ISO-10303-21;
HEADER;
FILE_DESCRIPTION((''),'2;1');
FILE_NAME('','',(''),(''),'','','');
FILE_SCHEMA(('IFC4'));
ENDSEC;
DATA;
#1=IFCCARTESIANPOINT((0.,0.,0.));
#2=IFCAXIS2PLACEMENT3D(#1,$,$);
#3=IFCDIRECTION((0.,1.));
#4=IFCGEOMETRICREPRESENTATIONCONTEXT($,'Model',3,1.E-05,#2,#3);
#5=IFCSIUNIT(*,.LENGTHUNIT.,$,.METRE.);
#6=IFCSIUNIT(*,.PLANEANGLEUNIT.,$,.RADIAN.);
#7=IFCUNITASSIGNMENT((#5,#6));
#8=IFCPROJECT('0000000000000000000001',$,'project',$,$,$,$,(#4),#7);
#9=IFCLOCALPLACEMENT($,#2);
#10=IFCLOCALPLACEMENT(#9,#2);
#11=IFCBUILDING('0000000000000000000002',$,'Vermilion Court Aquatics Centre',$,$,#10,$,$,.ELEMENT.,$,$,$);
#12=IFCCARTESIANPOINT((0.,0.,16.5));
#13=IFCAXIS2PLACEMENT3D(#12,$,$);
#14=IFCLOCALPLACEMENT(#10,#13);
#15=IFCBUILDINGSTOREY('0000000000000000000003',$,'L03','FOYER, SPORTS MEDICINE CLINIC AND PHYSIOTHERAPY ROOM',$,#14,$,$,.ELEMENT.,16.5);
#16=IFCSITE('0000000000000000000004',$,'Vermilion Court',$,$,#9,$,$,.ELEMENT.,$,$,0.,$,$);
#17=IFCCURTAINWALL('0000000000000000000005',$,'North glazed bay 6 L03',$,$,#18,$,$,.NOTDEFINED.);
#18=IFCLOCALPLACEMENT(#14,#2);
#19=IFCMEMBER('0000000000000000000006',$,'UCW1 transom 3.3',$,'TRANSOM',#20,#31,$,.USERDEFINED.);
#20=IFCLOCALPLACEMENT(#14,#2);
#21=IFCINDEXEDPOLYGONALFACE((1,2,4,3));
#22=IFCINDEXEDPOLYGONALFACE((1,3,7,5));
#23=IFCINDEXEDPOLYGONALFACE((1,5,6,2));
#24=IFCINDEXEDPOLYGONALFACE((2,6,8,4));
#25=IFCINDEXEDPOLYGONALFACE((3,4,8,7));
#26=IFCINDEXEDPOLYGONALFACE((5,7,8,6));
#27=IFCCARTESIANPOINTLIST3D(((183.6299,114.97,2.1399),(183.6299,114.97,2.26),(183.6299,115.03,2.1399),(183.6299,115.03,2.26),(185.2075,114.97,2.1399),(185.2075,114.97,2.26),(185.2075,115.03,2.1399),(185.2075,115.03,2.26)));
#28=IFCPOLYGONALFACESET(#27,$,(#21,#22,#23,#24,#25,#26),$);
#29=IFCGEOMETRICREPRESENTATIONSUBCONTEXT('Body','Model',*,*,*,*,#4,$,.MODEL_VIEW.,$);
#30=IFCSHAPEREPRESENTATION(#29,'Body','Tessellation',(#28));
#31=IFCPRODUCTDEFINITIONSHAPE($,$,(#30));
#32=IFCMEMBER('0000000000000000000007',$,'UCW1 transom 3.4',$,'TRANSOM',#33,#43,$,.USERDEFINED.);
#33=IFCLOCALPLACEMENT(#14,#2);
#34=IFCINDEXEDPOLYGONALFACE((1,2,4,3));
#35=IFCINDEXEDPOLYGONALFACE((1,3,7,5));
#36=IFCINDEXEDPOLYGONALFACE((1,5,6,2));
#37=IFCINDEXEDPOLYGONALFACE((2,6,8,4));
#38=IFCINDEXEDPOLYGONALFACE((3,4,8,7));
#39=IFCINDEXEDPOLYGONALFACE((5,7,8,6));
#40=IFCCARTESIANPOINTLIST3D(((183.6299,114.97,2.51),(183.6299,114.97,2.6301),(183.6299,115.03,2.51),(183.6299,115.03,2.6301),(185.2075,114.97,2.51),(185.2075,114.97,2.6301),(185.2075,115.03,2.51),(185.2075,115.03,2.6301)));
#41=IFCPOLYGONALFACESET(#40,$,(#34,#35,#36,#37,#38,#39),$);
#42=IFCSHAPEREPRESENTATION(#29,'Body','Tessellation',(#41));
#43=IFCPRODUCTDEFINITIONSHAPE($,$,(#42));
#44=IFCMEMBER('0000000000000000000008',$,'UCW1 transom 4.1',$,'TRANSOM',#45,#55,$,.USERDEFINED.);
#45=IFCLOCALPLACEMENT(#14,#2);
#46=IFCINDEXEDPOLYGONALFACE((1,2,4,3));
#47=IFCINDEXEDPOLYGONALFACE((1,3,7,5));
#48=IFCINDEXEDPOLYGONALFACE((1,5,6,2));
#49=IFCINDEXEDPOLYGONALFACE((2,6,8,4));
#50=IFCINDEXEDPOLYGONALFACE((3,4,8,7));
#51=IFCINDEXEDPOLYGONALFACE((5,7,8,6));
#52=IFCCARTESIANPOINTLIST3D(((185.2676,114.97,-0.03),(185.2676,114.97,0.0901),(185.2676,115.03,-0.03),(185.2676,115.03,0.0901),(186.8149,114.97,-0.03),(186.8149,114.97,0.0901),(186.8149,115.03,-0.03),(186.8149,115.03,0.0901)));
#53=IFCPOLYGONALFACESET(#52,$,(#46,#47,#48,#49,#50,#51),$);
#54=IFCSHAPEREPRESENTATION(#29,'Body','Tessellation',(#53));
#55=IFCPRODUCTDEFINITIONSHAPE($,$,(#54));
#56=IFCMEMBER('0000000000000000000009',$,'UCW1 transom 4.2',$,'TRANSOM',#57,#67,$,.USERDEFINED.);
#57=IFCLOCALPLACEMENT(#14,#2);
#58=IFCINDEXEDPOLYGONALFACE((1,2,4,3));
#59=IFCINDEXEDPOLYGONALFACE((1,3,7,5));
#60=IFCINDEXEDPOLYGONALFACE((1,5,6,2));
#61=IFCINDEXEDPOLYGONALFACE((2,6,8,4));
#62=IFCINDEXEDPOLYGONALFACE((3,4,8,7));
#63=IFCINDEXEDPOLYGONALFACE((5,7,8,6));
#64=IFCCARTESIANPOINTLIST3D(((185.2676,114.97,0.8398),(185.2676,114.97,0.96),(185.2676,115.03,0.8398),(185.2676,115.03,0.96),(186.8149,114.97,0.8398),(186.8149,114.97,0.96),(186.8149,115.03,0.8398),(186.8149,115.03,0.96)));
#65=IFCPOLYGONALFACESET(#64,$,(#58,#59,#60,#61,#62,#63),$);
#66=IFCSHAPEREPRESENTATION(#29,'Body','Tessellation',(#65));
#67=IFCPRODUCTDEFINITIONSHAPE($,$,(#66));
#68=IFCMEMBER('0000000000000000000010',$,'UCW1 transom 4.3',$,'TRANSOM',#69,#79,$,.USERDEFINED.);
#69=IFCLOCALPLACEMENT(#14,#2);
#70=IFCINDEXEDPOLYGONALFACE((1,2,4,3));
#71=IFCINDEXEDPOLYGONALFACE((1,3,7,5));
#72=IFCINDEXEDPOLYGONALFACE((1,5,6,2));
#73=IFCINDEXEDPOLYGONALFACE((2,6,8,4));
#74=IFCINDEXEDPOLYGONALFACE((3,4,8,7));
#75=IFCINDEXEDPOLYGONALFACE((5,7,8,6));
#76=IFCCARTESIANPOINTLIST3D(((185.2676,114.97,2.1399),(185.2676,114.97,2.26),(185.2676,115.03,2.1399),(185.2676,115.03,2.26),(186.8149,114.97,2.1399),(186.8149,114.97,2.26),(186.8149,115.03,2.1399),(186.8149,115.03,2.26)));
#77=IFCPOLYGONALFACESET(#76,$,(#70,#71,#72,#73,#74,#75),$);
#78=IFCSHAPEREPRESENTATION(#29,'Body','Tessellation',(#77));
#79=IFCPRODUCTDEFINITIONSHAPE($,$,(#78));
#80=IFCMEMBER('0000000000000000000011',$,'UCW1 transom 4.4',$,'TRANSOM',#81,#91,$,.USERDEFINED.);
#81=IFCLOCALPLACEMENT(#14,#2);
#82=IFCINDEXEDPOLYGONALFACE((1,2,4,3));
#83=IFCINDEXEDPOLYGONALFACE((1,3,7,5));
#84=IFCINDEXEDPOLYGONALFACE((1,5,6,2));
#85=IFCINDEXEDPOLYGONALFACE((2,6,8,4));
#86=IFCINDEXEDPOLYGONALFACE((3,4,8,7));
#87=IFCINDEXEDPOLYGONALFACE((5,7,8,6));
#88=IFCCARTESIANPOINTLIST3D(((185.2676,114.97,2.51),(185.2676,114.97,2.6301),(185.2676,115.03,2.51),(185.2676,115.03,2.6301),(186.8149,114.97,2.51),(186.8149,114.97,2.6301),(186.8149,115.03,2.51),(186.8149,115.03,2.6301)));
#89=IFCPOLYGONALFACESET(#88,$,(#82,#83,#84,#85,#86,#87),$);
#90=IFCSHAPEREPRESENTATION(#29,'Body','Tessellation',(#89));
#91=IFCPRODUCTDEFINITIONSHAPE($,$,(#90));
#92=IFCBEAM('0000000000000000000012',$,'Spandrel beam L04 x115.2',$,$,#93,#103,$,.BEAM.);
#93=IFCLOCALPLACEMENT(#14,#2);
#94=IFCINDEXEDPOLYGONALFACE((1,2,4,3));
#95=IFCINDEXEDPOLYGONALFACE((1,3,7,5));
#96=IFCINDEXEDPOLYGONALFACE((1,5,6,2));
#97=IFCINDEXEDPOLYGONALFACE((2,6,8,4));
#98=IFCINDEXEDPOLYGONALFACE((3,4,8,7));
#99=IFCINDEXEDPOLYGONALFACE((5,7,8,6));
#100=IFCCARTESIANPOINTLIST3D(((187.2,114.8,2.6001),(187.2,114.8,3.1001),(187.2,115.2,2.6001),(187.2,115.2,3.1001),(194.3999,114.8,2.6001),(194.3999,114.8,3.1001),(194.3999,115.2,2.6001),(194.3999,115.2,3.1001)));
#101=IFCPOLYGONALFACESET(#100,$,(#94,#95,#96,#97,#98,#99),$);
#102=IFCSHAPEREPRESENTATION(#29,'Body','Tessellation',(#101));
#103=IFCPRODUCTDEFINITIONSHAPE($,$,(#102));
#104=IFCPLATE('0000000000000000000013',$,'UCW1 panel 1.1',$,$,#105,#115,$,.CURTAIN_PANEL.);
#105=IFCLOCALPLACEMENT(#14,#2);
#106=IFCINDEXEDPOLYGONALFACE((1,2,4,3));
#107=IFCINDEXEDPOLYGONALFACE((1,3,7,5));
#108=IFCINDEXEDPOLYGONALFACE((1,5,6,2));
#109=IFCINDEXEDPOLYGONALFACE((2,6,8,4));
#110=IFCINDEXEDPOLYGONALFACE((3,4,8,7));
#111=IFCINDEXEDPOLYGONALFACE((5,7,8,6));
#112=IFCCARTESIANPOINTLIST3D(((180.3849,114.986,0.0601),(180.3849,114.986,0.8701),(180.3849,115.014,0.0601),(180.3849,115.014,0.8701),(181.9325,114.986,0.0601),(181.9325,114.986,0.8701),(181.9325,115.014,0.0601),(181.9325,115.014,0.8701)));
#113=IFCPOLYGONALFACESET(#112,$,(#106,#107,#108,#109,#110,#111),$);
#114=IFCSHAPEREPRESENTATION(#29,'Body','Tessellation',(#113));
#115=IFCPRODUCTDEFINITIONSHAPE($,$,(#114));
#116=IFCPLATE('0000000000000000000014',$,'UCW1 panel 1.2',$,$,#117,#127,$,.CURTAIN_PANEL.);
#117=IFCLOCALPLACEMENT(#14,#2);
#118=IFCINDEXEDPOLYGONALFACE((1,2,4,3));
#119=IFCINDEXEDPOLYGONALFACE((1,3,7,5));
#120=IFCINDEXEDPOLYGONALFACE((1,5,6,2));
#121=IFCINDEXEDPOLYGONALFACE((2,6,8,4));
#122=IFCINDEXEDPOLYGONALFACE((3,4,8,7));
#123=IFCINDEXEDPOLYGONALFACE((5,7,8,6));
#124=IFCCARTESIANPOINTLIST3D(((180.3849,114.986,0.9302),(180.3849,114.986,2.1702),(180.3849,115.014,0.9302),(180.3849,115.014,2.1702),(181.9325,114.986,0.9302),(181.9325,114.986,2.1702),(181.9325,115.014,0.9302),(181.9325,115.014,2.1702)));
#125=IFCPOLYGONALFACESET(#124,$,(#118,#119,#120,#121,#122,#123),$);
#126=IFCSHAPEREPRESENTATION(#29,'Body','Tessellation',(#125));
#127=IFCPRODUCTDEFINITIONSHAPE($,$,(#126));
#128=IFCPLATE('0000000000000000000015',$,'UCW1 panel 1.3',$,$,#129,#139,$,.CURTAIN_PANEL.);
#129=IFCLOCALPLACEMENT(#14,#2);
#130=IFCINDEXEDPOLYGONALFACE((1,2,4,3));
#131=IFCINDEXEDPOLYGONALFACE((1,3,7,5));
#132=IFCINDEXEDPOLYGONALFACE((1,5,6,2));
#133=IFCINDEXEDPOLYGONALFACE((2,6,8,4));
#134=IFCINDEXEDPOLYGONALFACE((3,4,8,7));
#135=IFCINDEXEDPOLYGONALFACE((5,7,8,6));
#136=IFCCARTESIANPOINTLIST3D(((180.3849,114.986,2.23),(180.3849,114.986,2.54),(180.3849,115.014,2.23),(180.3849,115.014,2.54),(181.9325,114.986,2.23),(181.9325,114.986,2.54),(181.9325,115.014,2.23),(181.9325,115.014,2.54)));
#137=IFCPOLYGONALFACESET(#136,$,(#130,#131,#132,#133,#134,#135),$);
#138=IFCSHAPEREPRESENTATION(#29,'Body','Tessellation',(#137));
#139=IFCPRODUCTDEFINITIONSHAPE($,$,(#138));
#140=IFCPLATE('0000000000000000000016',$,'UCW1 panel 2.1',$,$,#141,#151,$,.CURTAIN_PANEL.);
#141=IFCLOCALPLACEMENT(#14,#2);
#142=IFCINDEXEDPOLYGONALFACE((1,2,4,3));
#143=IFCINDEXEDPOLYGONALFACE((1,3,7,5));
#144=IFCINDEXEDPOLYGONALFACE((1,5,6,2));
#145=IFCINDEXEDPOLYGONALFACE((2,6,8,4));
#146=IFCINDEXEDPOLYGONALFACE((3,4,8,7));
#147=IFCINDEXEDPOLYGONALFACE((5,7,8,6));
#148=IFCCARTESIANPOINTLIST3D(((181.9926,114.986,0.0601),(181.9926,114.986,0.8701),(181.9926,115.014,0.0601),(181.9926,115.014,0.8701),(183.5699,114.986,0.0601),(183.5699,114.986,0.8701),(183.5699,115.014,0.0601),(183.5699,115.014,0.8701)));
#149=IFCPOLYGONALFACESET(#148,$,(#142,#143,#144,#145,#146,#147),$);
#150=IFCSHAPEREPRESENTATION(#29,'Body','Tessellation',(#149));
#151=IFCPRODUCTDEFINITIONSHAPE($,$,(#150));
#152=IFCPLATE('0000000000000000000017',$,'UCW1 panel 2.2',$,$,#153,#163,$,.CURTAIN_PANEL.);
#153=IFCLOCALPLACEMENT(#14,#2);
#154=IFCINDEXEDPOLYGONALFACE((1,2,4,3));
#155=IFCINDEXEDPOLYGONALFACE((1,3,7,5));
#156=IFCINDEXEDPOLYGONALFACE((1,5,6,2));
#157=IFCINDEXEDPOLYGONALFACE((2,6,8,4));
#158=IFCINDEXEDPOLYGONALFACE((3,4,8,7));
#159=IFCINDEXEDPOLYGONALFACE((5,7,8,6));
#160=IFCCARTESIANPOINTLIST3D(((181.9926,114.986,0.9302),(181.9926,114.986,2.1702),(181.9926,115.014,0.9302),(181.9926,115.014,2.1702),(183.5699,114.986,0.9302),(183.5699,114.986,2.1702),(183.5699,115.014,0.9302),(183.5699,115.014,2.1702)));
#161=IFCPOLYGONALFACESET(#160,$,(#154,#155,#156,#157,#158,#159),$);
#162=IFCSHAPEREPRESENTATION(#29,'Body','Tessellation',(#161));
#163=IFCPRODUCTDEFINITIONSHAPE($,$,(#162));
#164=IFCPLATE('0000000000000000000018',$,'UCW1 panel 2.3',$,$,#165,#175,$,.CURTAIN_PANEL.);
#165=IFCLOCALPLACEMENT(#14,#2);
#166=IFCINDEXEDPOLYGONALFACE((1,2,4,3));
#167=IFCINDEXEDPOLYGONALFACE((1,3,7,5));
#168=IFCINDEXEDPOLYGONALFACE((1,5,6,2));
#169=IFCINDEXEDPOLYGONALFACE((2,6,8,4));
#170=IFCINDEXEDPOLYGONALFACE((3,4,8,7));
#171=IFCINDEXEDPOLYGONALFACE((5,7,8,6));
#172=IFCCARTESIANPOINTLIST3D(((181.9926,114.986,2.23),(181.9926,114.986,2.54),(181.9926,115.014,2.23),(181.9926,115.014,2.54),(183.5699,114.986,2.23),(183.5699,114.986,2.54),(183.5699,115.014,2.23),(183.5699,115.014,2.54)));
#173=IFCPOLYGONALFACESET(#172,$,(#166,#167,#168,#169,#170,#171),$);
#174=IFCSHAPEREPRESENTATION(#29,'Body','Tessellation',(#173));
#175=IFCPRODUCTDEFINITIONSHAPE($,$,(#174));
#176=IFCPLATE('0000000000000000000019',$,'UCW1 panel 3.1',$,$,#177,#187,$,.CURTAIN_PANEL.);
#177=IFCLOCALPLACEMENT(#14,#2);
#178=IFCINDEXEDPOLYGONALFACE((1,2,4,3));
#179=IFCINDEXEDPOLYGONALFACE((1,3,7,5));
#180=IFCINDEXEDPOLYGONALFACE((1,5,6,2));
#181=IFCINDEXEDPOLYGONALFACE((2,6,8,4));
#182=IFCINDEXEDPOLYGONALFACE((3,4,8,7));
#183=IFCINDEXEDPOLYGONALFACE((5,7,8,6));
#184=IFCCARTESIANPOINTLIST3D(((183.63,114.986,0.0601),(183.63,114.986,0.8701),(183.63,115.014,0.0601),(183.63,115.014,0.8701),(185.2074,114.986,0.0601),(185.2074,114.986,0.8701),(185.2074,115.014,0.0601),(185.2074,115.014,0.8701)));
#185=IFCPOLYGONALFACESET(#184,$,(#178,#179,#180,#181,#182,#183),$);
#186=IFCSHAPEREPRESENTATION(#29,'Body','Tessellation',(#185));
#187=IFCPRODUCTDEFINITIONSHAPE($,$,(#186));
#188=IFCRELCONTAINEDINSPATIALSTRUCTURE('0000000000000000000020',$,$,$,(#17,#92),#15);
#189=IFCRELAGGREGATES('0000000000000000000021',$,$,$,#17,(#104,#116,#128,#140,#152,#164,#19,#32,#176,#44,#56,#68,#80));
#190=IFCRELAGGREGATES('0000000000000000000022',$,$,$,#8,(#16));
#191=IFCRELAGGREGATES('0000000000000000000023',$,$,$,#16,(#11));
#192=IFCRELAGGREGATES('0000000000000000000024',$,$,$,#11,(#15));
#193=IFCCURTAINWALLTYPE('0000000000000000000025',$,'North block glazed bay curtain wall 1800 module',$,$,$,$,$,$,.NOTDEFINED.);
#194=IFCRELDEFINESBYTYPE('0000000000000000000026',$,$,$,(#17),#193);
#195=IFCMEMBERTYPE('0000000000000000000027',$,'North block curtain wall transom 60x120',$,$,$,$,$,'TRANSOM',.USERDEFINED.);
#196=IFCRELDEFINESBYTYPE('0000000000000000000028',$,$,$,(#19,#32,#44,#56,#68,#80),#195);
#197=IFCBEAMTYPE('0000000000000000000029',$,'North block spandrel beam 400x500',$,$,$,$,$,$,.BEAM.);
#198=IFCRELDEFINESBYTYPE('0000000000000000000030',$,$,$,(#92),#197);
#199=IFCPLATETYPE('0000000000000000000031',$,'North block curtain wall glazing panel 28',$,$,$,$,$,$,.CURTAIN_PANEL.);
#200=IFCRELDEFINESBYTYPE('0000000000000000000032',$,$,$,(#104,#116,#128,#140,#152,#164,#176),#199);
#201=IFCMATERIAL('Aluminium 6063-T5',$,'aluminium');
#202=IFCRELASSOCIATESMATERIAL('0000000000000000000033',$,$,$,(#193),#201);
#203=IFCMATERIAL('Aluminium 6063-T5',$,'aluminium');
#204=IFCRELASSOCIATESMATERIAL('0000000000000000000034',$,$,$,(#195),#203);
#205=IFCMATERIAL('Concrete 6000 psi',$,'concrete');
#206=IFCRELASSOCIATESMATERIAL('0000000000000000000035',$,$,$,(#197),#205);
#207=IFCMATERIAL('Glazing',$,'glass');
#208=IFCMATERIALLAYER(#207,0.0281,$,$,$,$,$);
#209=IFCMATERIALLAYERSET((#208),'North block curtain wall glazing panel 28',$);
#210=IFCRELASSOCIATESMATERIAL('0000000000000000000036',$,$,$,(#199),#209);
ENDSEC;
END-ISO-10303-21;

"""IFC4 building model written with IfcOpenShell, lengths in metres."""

from ifc_helpers import new_model, si_unit, direction, frame, origin, origin_2d, place, context, subcontext, project, spatial, rectangle, extrude, material, layer, layer_set, material_profile, profile_set, type_object, element, aggregate, save


model = new_model("IFC4")

# Units and contexts
model_context = context("Model", 3, precision=1e-05, world=origin(), true_north=direction((0.0, 1.0)))
body_context = subcontext(model_context, "Body", "Model", "MODEL_VIEW")
ifc_project = project(units=[si_unit("LENGTHUNIT", "METRE"), si_unit("PLANEANGLEUNIT", "RADIAN")], contexts=[model_context])

# Site, building, storey
site_placement = place(None, origin())
site = spatial("IfcSite", under=ifc_project, at=site_placement, Name="Vermilion Court", CompositionType="ELEMENT", RefElevation=0.0)
building_placement = place(site_placement, origin())
building = spatial("IfcBuilding", under=site, at=building_placement, Name="Vermilion Court Aquatics Centre", CompositionType="ELEMENT")
storey_placement = place(building_placement, frame((0.0, 0.0, 16.5)))
storey = spatial("IfcBuildingStorey", under=building, at=storey_placement, Name="L03", Description="FOYER, SPORTS MEDICINE CLINIC AND PHYSIOTHERAPY ROOM", CompositionType="ELEMENT", Elevation=16.5)

# Curtain wall, members
ifc_material_1 = material(Name="Aluminium 6063-T5", Category="aluminium")
curtain_wall_type = type_object("IfcCurtainWallType", Name="North block glazed bay curtain wall 1800 module", PredefinedType="NOTDEFINED", material=ifc_material_1)
curtain_wall_placement = place(storey_placement, origin())
curtain_wall = element("IfcCurtainWall", 1, at=curtain_wall_placement, inside=storey, type_object=curtain_wall_type, Name="North glazed bay 6 L03", PredefinedType="NOTDEFINED")
ifc_material_2 = material(Name="Aluminium 6063-T5", Category="aluminium")
ifc_material_profile_1 = material_profile(ifc_material_2, rectangle(XDim=0.0601, YDim=0.1201, at=origin_2d()), Name="AL 60x120")
ifc_profile_set_1 = profile_set([ifc_material_profile_1], Name="Aluminium 6063-T5")
member_type_1 = type_object("IfcMemberType", Name="North block curtain wall transom 60x120", ElementType="TRANSOM", PredefinedType="USERDEFINED", material=ifc_profile_set_1)
member_1_placement = place(storey_placement, frame((183.6299, 115.0, 2.2), z_axis=(1.0, 0.0, 0.0), x_axis=(0.0, 1.0, 0.0)))
member_1 = element("IfcMember", 2, at=member_1_placement, type_object=member_type_1, Name="UCW1 transom 3.3", ObjectType="TRANSOM", PredefinedType="USERDEFINED", context=body_context, shape_type="SweptSolid", body=[
    extrude(rectangle(XDim=0.0601, YDim=0.1201, at=origin_2d()), origin(), (0.0, 0.0, 1.0), 1.5776),
])
member_2_placement = place(storey_placement, frame((183.6299, 115.0, 2.5701), z_axis=(1.0, 0.0, 0.0), x_axis=(0.0, 1.0, 0.0)))
member_2 = element("IfcMember", 3, at=member_2_placement, type_object=member_type_1, Name="UCW1 transom 3.4", ObjectType="TRANSOM", PredefinedType="USERDEFINED", context=body_context, shape_type="SweptSolid", body=[
    extrude(rectangle(XDim=0.0601, YDim=0.1201, at=origin_2d()), origin(), (0.0, 0.0, 1.0), 1.5776),
])
member_3_placement = place(storey_placement, frame((185.2676, 115.0, 0.03), z_axis=(1.0, 0.0, 0.0), x_axis=(0.0, 1.0, 0.0)))
member_3 = element("IfcMember", 4, at=member_3_placement, type_object=member_type_1, Name="UCW1 transom 4.1", ObjectType="TRANSOM", PredefinedType="USERDEFINED", context=body_context, shape_type="SweptSolid", body=[
    extrude(rectangle(XDim=0.0601, YDim=0.1201, at=origin_2d()), origin(), (0.0, 0.0, 1.0), 1.5474),
])
member_4_placement = place(storey_placement, frame((185.2676, 115.0, 0.8999), z_axis=(1.0, 0.0, 0.0), x_axis=(0.0, 1.0, 0.0)))
member_4 = element("IfcMember", 5, at=member_4_placement, type_object=member_type_1, Name="UCW1 transom 4.2", ObjectType="TRANSOM", PredefinedType="USERDEFINED", context=body_context, shape_type="SweptSolid", body=[
    extrude(rectangle(XDim=0.0601, YDim=0.1201, at=origin_2d()), origin(), (0.0, 0.0, 1.0), 1.5474),
])
member_5_placement = place(storey_placement, frame((185.2676, 115.0, 2.2), z_axis=(1.0, 0.0, 0.0), x_axis=(0.0, 1.0, 0.0)))
member_5 = element("IfcMember", 6, at=member_5_placement, type_object=member_type_1, Name="UCW1 transom 4.3", ObjectType="TRANSOM", PredefinedType="USERDEFINED", context=body_context, shape_type="SweptSolid", body=[
    extrude(rectangle(XDim=0.0601, YDim=0.1201, at=origin_2d()), origin(), (0.0, 0.0, 1.0), 1.5474),
])
member_6_placement = place(storey_placement, frame((185.2676, 115.0, 2.5701), z_axis=(1.0, 0.0, 0.0), x_axis=(0.0, 1.0, 0.0)))
member_6 = element("IfcMember", 7, at=member_6_placement, type_object=member_type_1, Name="UCW1 transom 4.4", ObjectType="TRANSOM", PredefinedType="USERDEFINED", context=body_context, shape_type="SweptSolid", body=[
    extrude(rectangle(XDim=0.0601, YDim=0.1201, at=origin_2d()), origin(), (0.0, 0.0, 1.0), 1.5474),
])

# Beam
ifc_material_3 = material(Name="Concrete 6000 psi", Category="concrete")
ifc_material_profile_2 = material_profile(ifc_material_3, rectangle(XDim=0.3999, YDim=0.5, at=origin_2d()), Name="RC 400x500")
ifc_profile_set_2 = profile_set([ifc_material_profile_2], Name="Concrete 6000 psi")
beam_type = type_object("IfcBeamType", Name="North block spandrel beam 400x500", PredefinedType="BEAM", material=ifc_profile_set_2)
beam_placement = place(storey_placement, frame((187.2, 115.0, 2.8501), z_axis=(1.0, 0.0, 0.0), x_axis=(0.0, 1.0, 0.0)))
element("IfcBeam", 8, at=beam_placement, inside=storey, type_object=beam_type, Name="Spandrel beam L04 x115.2", PredefinedType="BEAM", context=body_context, shape_type="SweptSolid", body=[
    extrude(rectangle(XDim=0.3999, YDim=0.5, at=origin_2d()), origin(), (0.0, 0.0, 1.0), 7.2),
])

# Plates
ifc_material_4 = material(Name="Glazing", Category="glass")
ifc_layer = layer(ifc_material_4, 0.0281)
ifc_layer_set = layer_set([ifc_layer], Name="North block curtain wall glazing panel 28")
plate_type = type_object("IfcPlateType", Name="North block curtain wall glazing panel 28", PredefinedType="CURTAIN_PANEL", material=ifc_layer_set)
plate_1_placement = place(storey_placement, frame((181.1587, 115.0, 0.0601), z_axis=(0.0, 0.0, 1.0), x_axis=(1.0, 0.0, 0.0)))
plate_1 = element("IfcPlate", 9, at=plate_1_placement, type_object=plate_type, Name="UCW1 panel 1.1", PredefinedType="CURTAIN_PANEL", context=body_context, shape_type="SweptSolid", body=[
    extrude(rectangle(XDim=1.5476, YDim=0.0281, at=origin_2d()), origin(), (0.0, 0.0, 1.0), 0.8101),
])
plate_2_placement = place(storey_placement, frame((181.1587, 115.0, 0.9302), z_axis=(0.0, 0.0, 1.0), x_axis=(1.0, 0.0, 0.0)))
plate_2 = element("IfcPlate", 10, at=plate_2_placement, type_object=plate_type, Name="UCW1 panel 1.2", PredefinedType="CURTAIN_PANEL", context=body_context, shape_type="SweptSolid", body=[
    extrude(rectangle(XDim=1.5476, YDim=0.0281, at=origin_2d()), origin(), (0.0, 0.0, 1.0), 1.24),
])
plate_3_placement = place(storey_placement, frame((181.1587, 115.0, 2.23), z_axis=(0.0, 0.0, 1.0), x_axis=(1.0, 0.0, 0.0)))
plate_3 = element("IfcPlate", 11, at=plate_3_placement, type_object=plate_type, Name="UCW1 panel 1.3", PredefinedType="CURTAIN_PANEL", context=body_context, shape_type="SweptSolid", body=[
    extrude(rectangle(XDim=1.5476, YDim=0.0281, at=origin_2d()), origin(), (0.0, 0.0, 1.0), 0.3101),
])
plate_4_placement = place(storey_placement, frame((182.7812, 115.0, 0.0601), z_axis=(0.0, 0.0, 1.0), x_axis=(1.0, 0.0, 0.0)))
plate_4 = element("IfcPlate", 12, at=plate_4_placement, type_object=plate_type, Name="UCW1 panel 2.1", PredefinedType="CURTAIN_PANEL", context=body_context, shape_type="SweptSolid", body=[
    extrude(rectangle(XDim=1.5774, YDim=0.0281, at=origin_2d()), origin(), (0.0, 0.0, 1.0), 0.8101),
])
plate_5_placement = place(storey_placement, frame((182.7812, 115.0, 0.9302), z_axis=(0.0, 0.0, 1.0), x_axis=(1.0, 0.0, 0.0)))
plate_5 = element("IfcPlate", 13, at=plate_5_placement, type_object=plate_type, Name="UCW1 panel 2.2", PredefinedType="CURTAIN_PANEL", context=body_context, shape_type="SweptSolid", body=[
    extrude(rectangle(XDim=1.5774, YDim=0.0281, at=origin_2d()), origin(), (0.0, 0.0, 1.0), 1.24),
])
plate_6_placement = place(storey_placement, frame((182.7812, 115.0, 2.23), z_axis=(0.0, 0.0, 1.0), x_axis=(1.0, 0.0, 0.0)))
plate_6 = element("IfcPlate", 14, at=plate_6_placement, type_object=plate_type, Name="UCW1 panel 2.3", PredefinedType="CURTAIN_PANEL", context=body_context, shape_type="SweptSolid", body=[
    extrude(rectangle(XDim=1.5774, YDim=0.0281, at=origin_2d()), origin(), (0.0, 0.0, 1.0), 0.3101),
])
plate_7_placement = place(storey_placement, frame((184.4187, 115.0, 0.0601), z_axis=(0.0, 0.0, 1.0), x_axis=(1.0, 0.0, 0.0)))
plate_7 = element("IfcPlate", 15, at=plate_7_placement, type_object=plate_type, Name="UCW1 panel 3.1", PredefinedType="CURTAIN_PANEL", context=body_context, shape_type="SweptSolid", body=[
    extrude(rectangle(XDim=1.5774, YDim=0.0281, at=origin_2d()), origin(), (0.0, 0.0, 1.0), 0.8101),
])
aggregate(curtain_wall, [plate_1, plate_2, plate_3, plate_4, plate_5, plate_6, member_1, member_2, plate_7, member_3, member_4, member_5, member_6])

save(model, "model.ifc")
